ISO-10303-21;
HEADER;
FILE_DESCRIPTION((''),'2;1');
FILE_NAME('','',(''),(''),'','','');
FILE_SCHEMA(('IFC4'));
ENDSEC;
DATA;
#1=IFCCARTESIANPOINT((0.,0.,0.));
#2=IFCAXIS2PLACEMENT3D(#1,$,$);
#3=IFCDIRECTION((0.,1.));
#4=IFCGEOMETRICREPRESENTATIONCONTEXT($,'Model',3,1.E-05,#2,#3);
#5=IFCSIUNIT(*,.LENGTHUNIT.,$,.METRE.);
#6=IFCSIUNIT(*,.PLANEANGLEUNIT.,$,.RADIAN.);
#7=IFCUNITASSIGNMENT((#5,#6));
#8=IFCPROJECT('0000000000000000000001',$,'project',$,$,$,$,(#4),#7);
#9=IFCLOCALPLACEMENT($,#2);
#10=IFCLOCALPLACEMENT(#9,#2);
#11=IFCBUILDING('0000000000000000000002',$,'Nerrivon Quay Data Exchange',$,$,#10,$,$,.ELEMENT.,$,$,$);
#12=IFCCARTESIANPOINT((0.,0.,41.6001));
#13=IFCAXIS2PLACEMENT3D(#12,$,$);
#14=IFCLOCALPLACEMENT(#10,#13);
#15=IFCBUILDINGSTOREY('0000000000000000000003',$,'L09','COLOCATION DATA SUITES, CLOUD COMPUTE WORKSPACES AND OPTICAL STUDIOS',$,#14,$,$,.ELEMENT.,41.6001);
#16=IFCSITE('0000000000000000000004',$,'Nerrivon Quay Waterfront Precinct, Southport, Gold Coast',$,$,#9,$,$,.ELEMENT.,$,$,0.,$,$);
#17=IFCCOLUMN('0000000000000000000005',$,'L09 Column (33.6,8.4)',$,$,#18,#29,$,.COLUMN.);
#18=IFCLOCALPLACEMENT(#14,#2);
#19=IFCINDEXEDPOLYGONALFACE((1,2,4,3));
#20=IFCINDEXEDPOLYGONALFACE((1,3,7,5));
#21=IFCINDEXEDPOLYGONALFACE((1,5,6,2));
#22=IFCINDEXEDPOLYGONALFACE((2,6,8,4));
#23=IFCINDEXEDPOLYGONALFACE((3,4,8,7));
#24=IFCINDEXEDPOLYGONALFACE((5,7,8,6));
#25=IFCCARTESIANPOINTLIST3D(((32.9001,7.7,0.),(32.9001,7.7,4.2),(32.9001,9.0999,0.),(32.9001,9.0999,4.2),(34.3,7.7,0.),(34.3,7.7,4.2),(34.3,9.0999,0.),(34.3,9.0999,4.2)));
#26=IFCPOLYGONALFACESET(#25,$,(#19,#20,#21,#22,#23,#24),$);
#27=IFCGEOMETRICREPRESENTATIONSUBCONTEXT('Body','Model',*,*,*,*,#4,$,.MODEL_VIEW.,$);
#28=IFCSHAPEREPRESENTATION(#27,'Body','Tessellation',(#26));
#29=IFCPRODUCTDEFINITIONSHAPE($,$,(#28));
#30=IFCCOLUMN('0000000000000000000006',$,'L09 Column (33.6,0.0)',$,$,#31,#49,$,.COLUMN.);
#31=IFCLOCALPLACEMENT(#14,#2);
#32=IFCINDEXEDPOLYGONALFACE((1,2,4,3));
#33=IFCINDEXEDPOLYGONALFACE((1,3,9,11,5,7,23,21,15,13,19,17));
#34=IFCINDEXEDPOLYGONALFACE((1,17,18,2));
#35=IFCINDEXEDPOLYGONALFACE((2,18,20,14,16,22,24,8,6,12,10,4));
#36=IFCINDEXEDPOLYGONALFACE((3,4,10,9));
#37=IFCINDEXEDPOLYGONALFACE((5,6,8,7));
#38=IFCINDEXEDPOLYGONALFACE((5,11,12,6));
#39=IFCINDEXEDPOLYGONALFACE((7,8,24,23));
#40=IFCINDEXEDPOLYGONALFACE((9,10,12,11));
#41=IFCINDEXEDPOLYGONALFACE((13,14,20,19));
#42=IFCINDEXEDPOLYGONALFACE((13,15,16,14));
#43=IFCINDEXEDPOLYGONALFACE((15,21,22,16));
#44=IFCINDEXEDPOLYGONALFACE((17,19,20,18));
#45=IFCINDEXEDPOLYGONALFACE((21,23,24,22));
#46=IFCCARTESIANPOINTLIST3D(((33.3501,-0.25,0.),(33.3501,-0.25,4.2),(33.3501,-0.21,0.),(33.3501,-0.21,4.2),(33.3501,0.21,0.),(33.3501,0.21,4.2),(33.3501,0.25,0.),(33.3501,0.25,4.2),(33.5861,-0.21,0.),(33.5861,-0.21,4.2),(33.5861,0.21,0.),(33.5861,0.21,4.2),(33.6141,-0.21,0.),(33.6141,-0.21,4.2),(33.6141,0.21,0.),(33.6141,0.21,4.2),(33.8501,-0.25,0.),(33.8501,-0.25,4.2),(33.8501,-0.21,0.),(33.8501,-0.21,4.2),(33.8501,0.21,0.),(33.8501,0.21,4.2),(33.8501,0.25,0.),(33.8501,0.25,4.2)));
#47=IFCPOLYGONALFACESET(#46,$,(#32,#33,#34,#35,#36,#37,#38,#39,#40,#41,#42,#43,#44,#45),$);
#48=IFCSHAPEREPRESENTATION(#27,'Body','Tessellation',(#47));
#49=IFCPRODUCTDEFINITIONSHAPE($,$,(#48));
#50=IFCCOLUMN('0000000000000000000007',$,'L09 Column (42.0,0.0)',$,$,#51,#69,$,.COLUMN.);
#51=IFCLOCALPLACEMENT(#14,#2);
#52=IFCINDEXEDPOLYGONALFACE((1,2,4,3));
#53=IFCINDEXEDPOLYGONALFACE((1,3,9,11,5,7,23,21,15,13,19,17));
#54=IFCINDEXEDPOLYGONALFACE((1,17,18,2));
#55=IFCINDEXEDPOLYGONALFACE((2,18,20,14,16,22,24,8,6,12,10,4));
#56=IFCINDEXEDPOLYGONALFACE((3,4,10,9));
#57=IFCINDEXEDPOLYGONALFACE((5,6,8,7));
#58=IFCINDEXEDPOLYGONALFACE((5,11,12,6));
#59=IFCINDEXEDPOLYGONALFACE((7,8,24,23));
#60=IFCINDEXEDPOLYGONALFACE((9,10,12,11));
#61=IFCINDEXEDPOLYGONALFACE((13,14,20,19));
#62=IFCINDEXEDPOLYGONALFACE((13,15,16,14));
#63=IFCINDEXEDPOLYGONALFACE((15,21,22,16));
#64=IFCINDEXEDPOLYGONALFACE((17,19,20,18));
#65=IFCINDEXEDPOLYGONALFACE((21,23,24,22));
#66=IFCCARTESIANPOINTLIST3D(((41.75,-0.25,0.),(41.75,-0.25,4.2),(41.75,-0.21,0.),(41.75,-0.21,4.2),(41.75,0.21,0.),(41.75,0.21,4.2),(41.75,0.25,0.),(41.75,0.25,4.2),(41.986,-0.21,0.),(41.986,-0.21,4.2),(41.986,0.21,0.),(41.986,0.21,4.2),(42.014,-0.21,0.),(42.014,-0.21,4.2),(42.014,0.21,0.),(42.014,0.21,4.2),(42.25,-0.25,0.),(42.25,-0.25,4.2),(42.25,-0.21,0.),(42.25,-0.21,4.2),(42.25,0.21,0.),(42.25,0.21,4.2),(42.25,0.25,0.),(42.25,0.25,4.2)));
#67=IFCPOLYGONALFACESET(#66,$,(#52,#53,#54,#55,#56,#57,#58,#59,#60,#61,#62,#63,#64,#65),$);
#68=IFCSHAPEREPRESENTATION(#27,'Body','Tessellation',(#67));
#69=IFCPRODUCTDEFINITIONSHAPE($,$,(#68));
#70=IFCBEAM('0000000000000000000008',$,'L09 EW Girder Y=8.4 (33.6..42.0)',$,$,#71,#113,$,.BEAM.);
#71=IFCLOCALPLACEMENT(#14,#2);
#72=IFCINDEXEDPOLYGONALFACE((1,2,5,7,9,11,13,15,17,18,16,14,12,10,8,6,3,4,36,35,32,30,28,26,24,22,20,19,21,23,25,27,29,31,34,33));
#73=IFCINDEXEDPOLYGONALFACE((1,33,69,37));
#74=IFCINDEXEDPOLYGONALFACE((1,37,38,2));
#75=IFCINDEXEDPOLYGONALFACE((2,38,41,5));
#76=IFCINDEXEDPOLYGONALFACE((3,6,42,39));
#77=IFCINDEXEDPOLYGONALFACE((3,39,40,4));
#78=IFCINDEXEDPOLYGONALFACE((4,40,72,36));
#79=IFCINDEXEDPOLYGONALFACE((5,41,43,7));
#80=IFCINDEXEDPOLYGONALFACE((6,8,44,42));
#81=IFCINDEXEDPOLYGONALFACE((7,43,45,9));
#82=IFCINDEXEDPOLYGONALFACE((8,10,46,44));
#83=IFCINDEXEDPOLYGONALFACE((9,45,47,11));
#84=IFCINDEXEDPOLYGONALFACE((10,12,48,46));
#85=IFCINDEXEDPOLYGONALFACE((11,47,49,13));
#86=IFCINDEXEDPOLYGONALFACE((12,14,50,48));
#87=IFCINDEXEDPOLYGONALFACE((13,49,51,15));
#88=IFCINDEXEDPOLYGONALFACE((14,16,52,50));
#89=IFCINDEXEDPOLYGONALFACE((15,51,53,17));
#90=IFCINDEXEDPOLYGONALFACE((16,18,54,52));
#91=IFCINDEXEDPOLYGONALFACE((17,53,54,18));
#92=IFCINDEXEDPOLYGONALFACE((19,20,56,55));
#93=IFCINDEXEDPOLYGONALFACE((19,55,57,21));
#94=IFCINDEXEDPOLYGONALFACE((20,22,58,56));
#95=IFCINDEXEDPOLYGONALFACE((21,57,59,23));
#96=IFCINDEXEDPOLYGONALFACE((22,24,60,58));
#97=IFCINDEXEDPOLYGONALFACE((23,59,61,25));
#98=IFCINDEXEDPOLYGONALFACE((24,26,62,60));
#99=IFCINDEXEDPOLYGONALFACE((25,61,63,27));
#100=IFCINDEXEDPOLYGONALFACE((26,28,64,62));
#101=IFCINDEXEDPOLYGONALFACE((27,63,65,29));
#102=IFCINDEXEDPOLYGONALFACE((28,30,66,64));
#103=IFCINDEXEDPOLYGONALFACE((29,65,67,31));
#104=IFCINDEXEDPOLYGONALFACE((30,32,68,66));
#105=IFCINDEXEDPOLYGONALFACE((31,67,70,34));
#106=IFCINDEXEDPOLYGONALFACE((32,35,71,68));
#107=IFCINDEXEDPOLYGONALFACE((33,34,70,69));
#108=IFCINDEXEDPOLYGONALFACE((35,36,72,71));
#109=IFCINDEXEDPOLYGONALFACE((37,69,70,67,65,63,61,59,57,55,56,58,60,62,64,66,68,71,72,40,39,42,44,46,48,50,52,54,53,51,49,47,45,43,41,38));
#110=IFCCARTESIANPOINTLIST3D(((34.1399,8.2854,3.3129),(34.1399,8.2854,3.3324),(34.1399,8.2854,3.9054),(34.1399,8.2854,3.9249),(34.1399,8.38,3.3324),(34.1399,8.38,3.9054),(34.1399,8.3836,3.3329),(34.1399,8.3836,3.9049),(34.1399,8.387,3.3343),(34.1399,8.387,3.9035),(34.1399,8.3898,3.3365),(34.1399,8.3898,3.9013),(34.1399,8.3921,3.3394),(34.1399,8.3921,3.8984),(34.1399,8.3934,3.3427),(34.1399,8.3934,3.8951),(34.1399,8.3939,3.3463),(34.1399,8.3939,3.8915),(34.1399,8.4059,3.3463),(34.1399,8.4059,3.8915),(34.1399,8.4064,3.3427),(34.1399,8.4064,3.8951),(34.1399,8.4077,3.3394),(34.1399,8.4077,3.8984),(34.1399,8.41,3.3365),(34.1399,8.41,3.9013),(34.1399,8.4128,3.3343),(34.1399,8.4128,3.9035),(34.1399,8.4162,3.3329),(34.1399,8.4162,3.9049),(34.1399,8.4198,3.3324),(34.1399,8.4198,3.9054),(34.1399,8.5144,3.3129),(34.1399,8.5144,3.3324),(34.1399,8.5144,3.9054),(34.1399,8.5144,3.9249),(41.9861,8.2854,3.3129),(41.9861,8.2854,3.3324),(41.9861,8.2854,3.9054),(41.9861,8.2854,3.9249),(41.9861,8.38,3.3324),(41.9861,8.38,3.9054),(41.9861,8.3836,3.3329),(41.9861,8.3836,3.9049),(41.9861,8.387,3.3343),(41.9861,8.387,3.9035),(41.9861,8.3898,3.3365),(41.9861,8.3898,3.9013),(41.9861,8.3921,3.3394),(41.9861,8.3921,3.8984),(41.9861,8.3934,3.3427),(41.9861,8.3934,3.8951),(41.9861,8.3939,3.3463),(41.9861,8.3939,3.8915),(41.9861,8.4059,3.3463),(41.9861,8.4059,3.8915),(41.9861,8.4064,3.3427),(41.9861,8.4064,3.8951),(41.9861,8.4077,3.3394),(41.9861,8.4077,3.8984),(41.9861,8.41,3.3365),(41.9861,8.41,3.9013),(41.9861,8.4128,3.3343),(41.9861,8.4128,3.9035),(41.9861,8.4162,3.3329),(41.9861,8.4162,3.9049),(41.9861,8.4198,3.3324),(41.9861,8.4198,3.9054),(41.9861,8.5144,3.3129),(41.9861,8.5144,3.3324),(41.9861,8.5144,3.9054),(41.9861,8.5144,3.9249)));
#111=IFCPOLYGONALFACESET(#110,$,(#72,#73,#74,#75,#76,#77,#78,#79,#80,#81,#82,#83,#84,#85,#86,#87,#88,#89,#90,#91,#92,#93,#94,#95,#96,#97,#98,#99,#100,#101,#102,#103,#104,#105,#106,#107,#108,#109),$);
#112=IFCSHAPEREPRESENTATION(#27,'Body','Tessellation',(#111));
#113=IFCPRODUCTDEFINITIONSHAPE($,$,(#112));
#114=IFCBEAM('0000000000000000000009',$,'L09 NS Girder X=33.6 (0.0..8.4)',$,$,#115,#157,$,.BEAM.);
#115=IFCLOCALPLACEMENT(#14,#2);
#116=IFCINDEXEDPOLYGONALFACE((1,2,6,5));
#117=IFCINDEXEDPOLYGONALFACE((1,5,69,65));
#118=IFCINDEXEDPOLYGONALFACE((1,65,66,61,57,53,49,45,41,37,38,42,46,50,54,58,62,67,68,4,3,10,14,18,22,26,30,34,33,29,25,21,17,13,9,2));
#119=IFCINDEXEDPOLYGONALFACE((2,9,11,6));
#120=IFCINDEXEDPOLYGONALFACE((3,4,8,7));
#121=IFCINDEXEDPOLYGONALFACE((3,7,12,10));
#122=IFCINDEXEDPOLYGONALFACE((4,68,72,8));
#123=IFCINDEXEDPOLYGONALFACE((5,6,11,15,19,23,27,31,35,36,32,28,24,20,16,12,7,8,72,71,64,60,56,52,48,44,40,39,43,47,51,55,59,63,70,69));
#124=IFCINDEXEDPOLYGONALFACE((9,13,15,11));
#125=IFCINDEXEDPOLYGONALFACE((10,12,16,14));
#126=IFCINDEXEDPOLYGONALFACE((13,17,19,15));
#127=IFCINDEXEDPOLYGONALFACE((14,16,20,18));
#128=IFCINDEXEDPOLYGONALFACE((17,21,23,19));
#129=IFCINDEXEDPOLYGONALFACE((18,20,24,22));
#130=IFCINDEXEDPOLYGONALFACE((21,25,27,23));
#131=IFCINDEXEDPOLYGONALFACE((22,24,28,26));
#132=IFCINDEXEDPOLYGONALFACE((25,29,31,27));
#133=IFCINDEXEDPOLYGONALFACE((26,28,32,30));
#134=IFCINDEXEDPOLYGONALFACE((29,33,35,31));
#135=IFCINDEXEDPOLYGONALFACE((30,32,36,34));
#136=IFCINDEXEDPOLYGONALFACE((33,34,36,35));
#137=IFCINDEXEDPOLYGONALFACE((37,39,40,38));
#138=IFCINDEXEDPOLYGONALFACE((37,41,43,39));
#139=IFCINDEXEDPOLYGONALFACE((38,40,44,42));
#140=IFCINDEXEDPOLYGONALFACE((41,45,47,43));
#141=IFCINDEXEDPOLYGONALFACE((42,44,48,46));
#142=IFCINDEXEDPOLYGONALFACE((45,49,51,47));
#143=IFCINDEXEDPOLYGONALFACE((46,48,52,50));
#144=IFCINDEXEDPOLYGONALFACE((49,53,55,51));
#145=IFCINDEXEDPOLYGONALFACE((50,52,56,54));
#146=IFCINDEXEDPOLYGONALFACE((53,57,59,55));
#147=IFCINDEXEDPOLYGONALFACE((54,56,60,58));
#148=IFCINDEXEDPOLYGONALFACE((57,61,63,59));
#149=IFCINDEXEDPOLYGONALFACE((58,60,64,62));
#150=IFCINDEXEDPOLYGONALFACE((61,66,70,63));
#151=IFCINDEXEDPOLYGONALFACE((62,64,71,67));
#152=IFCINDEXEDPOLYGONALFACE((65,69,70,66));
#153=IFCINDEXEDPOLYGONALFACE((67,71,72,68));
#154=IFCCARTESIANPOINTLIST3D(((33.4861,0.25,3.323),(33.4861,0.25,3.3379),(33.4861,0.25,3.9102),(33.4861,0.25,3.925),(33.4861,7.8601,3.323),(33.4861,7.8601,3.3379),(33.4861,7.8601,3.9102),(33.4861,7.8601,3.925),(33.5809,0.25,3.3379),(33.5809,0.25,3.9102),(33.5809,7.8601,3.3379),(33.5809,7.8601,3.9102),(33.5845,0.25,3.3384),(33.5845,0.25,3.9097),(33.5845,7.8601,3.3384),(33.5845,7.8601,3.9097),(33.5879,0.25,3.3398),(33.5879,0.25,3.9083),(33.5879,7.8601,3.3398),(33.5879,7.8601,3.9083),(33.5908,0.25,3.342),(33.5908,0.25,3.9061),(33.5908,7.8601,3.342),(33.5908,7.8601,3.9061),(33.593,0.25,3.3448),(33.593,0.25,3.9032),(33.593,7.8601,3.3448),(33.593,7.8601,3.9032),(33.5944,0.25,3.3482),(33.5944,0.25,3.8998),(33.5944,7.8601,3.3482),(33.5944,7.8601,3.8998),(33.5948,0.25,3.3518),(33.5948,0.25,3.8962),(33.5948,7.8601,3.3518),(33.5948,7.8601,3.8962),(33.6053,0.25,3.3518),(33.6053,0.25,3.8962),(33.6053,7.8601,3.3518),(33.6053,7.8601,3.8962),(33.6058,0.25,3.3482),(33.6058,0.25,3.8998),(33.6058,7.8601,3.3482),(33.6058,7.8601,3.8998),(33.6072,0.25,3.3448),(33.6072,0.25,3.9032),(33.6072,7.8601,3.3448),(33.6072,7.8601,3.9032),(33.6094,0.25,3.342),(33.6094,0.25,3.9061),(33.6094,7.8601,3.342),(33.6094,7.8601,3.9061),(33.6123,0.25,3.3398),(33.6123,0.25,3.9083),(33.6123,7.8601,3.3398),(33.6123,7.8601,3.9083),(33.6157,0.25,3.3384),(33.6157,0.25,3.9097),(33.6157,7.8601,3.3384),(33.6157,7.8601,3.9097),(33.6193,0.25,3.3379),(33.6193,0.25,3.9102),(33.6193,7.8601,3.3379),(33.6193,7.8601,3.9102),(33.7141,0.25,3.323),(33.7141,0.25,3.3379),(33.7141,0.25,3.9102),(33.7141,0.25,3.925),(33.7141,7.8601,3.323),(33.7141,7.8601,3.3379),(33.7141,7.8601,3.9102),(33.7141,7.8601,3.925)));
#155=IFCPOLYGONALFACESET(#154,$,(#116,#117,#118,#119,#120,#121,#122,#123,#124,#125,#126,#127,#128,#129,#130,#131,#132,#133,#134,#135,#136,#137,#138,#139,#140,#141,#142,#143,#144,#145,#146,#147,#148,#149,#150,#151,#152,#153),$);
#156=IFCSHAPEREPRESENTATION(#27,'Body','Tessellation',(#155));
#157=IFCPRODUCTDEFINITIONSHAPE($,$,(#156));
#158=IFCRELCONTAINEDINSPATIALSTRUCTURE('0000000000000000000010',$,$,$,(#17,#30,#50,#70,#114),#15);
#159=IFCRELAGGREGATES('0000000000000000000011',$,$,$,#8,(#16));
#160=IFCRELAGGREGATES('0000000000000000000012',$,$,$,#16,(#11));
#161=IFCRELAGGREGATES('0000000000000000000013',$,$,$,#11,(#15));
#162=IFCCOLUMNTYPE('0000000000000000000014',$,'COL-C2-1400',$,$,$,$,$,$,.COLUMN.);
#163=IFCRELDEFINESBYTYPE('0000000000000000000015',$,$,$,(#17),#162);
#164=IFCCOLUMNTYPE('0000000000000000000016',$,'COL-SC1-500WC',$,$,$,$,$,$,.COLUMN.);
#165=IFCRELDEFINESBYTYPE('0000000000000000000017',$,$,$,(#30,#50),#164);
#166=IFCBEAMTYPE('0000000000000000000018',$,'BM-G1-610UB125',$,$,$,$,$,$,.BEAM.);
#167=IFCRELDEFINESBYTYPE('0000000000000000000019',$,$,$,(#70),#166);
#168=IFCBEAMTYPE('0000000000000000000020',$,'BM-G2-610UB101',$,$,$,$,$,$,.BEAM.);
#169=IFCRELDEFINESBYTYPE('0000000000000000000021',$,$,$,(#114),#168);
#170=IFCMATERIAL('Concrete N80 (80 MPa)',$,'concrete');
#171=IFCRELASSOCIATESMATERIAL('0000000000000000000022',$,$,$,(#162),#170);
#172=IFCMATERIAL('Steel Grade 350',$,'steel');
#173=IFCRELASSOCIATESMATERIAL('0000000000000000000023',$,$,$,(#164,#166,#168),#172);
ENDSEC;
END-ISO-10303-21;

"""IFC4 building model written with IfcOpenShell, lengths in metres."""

from ifc_helpers import new_model, si_unit, direction, frame, origin, origin_2d, place, context, subcontext, project, spatial, rectangle, i_section, extrude, material, material_profile, profile_set, type_object, element, save


model = new_model("IFC4")

# Units and contexts
model_context = context("Model", 3, precision=1e-05, world=origin(), true_north=direction((0.0, 1.0)))
body_context = subcontext(model_context, "Body", "Model", "MODEL_VIEW")
ifc_project = project(units=[si_unit("LENGTHUNIT", "METRE"), si_unit("PLANEANGLEUNIT", "RADIAN")], contexts=[model_context])

# Site, building, storey
site_placement = place(None, origin())
site = spatial("IfcSite", under=ifc_project, at=site_placement, Name="Nerrivon Quay Waterfront Precinct, Southport, Gold Coast", CompositionType="ELEMENT", RefElevation=0.0)
building_placement = place(site_placement, origin())
building = spatial("IfcBuilding", under=site, at=building_placement, Name="Nerrivon Quay Data Exchange", CompositionType="ELEMENT")
storey_placement = place(building_placement, frame((0.0, 0.0, 41.6001)))
storey = spatial("IfcBuildingStorey", under=building, at=storey_placement, Name="L09", Description="COLOCATION DATA SUITES, CLOUD COMPUTE WORKSPACES AND OPTICAL STUDIOS", CompositionType="ELEMENT", Elevation=41.6001)

# Columns
ifc_material_1 = material(Name="Concrete N80 (80 MPa)", Category="concrete")
ifc_material_profile_1 = material_profile(ifc_material_1, rectangle(XDim=1.3999, YDim=1.3999, at=origin_2d()), Name="RC-COL-1400x1400")
ifc_profile_set_1 = profile_set([ifc_material_profile_1], Name="Concrete N80 (80 MPa)")
column_type_1 = type_object("IfcColumnType", Name="COL-C2-1400", PredefinedType="COLUMN", material=ifc_profile_set_1)
column_placement = place(storey_placement, frame((33.6001, 8.3999, 0.0), z_axis=(0.0, 0.0, 1.0), x_axis=(1.0, 0.0, 0.0)))
element("IfcColumn", 1, at=column_placement, inside=storey, type_object=column_type_1, Name="L09 Column (33.6,8.4)", PredefinedType="COLUMN", context=body_context, shape_type="SweptSolid", body=[
    extrude(rectangle(XDim=1.3999, YDim=1.3999, at=origin_2d()), origin(), (0.0, 0.0, 1.0), 4.2),
])
ifc_material_2 = material(Name="Steel Grade 350", Category="steel")
ifc_material_profile_2 = material_profile(ifc_material_2, i_section(OverallWidth=0.5, OverallDepth=0.5, WebThickness=0.0281, FlangeThickness=0.04, at=origin_2d()), Name="500WC440")
ifc_profile_set_2 = profile_set([ifc_material_profile_2], Name="Steel Grade 350")
column_type_2 = type_object("IfcColumnType", Name="COL-SC1-500WC", PredefinedType="COLUMN", material=ifc_profile_set_2)
for number, where, z_axis, x_axis, name in (
    (2, (33.6001, 0.0, 0.0), (0.0, 0.0, 1.0), (1.0, 0.0, 0.0), "L09 Column (33.6,0.0)"),
    (3, (42.0, 0.0, 0.0), (0.0, 0.0, 1.0), (1.0, 0.0, 0.0), "L09 Column (42.0,0.0)"),
):
    element("IfcColumn", number, at=place(storey_placement, frame(where, z_axis=z_axis, x_axis=x_axis)), inside=storey, type_object=column_type_2, Name=name, PredefinedType="COLUMN", context=body_context, shape_type="SweptSolid", body=[
        extrude(i_section(OverallWidth=0.5, OverallDepth=0.5, WebThickness=0.0281, FlangeThickness=0.04, at=origin_2d()), origin(), (0.0, 0.0, 1.0), 4.2),
    ])

# Beams
ifc_material_profile_3 = material_profile(ifc_material_2, i_section(OverallWidth=0.229, OverallDepth=0.6121, WebThickness=0.012, FlangeThickness=0.0195, FilletRadius=0.0139, at=origin_2d()), Name="610UB125")
ifc_profile_set_3 = profile_set([ifc_material_profile_3], Name="Steel Grade 350")
beam_type_1 = type_object("IfcBeamType", Name="BM-G1-610UB125", PredefinedType="BEAM", material=ifc_profile_set_3)
beam_1_placement = place(storey_placement, frame((34.1399, 8.3999, 3.6189), z_axis=(1.0, 0.0, 0.0), x_axis=(0.0, 1.0, 0.0)))
element("IfcBeam", 4, at=beam_1_placement, inside=storey, type_object=beam_type_1, Name="L09 EW Girder Y=8.4 (33.6..42.0)", PredefinedType="BEAM", context=body_context, shape_type="SweptSolid", body=[
    extrude(i_section(OverallWidth=0.229, OverallDepth=0.6121, WebThickness=0.012, FlangeThickness=0.0195, FilletRadius=0.0139, at=origin_2d()), origin(), (0.0, 0.0, 1.0), 7.8462),
])
ifc_material_profile_4 = material_profile(ifc_material_2, i_section(OverallWidth=0.228, OverallDepth=0.6021, WebThickness=0.0105, FlangeThickness=0.0149, FilletRadius=0.0139, at=origin_2d()), Name="610UB101")
ifc_profile_set_4 = profile_set([ifc_material_profile_4], Name="Steel Grade 350")
beam_type_2 = type_object("IfcBeamType", Name="BM-G2-610UB101", PredefinedType="BEAM", material=ifc_profile_set_4)
beam_2_placement = place(storey_placement, frame((33.6001, 0.25, 3.624), z_axis=(0.0, 1.0, 0.0), x_axis=(-1.0, 0.0, 0.0)))
element("IfcBeam", 5, at=beam_2_placement, inside=storey, type_object=beam_type_2, Name="L09 NS Girder X=33.6 (0.0..8.4)", PredefinedType="BEAM", context=body_context, shape_type="SweptSolid", body=[
    extrude(i_section(OverallWidth=0.228, OverallDepth=0.6021, WebThickness=0.0105, FlangeThickness=0.0149, FilletRadius=0.0139, at=origin_2d()), origin(), (0.0, 0.0, 1.0), 7.6101),
])

save(model, "model.ifc")
